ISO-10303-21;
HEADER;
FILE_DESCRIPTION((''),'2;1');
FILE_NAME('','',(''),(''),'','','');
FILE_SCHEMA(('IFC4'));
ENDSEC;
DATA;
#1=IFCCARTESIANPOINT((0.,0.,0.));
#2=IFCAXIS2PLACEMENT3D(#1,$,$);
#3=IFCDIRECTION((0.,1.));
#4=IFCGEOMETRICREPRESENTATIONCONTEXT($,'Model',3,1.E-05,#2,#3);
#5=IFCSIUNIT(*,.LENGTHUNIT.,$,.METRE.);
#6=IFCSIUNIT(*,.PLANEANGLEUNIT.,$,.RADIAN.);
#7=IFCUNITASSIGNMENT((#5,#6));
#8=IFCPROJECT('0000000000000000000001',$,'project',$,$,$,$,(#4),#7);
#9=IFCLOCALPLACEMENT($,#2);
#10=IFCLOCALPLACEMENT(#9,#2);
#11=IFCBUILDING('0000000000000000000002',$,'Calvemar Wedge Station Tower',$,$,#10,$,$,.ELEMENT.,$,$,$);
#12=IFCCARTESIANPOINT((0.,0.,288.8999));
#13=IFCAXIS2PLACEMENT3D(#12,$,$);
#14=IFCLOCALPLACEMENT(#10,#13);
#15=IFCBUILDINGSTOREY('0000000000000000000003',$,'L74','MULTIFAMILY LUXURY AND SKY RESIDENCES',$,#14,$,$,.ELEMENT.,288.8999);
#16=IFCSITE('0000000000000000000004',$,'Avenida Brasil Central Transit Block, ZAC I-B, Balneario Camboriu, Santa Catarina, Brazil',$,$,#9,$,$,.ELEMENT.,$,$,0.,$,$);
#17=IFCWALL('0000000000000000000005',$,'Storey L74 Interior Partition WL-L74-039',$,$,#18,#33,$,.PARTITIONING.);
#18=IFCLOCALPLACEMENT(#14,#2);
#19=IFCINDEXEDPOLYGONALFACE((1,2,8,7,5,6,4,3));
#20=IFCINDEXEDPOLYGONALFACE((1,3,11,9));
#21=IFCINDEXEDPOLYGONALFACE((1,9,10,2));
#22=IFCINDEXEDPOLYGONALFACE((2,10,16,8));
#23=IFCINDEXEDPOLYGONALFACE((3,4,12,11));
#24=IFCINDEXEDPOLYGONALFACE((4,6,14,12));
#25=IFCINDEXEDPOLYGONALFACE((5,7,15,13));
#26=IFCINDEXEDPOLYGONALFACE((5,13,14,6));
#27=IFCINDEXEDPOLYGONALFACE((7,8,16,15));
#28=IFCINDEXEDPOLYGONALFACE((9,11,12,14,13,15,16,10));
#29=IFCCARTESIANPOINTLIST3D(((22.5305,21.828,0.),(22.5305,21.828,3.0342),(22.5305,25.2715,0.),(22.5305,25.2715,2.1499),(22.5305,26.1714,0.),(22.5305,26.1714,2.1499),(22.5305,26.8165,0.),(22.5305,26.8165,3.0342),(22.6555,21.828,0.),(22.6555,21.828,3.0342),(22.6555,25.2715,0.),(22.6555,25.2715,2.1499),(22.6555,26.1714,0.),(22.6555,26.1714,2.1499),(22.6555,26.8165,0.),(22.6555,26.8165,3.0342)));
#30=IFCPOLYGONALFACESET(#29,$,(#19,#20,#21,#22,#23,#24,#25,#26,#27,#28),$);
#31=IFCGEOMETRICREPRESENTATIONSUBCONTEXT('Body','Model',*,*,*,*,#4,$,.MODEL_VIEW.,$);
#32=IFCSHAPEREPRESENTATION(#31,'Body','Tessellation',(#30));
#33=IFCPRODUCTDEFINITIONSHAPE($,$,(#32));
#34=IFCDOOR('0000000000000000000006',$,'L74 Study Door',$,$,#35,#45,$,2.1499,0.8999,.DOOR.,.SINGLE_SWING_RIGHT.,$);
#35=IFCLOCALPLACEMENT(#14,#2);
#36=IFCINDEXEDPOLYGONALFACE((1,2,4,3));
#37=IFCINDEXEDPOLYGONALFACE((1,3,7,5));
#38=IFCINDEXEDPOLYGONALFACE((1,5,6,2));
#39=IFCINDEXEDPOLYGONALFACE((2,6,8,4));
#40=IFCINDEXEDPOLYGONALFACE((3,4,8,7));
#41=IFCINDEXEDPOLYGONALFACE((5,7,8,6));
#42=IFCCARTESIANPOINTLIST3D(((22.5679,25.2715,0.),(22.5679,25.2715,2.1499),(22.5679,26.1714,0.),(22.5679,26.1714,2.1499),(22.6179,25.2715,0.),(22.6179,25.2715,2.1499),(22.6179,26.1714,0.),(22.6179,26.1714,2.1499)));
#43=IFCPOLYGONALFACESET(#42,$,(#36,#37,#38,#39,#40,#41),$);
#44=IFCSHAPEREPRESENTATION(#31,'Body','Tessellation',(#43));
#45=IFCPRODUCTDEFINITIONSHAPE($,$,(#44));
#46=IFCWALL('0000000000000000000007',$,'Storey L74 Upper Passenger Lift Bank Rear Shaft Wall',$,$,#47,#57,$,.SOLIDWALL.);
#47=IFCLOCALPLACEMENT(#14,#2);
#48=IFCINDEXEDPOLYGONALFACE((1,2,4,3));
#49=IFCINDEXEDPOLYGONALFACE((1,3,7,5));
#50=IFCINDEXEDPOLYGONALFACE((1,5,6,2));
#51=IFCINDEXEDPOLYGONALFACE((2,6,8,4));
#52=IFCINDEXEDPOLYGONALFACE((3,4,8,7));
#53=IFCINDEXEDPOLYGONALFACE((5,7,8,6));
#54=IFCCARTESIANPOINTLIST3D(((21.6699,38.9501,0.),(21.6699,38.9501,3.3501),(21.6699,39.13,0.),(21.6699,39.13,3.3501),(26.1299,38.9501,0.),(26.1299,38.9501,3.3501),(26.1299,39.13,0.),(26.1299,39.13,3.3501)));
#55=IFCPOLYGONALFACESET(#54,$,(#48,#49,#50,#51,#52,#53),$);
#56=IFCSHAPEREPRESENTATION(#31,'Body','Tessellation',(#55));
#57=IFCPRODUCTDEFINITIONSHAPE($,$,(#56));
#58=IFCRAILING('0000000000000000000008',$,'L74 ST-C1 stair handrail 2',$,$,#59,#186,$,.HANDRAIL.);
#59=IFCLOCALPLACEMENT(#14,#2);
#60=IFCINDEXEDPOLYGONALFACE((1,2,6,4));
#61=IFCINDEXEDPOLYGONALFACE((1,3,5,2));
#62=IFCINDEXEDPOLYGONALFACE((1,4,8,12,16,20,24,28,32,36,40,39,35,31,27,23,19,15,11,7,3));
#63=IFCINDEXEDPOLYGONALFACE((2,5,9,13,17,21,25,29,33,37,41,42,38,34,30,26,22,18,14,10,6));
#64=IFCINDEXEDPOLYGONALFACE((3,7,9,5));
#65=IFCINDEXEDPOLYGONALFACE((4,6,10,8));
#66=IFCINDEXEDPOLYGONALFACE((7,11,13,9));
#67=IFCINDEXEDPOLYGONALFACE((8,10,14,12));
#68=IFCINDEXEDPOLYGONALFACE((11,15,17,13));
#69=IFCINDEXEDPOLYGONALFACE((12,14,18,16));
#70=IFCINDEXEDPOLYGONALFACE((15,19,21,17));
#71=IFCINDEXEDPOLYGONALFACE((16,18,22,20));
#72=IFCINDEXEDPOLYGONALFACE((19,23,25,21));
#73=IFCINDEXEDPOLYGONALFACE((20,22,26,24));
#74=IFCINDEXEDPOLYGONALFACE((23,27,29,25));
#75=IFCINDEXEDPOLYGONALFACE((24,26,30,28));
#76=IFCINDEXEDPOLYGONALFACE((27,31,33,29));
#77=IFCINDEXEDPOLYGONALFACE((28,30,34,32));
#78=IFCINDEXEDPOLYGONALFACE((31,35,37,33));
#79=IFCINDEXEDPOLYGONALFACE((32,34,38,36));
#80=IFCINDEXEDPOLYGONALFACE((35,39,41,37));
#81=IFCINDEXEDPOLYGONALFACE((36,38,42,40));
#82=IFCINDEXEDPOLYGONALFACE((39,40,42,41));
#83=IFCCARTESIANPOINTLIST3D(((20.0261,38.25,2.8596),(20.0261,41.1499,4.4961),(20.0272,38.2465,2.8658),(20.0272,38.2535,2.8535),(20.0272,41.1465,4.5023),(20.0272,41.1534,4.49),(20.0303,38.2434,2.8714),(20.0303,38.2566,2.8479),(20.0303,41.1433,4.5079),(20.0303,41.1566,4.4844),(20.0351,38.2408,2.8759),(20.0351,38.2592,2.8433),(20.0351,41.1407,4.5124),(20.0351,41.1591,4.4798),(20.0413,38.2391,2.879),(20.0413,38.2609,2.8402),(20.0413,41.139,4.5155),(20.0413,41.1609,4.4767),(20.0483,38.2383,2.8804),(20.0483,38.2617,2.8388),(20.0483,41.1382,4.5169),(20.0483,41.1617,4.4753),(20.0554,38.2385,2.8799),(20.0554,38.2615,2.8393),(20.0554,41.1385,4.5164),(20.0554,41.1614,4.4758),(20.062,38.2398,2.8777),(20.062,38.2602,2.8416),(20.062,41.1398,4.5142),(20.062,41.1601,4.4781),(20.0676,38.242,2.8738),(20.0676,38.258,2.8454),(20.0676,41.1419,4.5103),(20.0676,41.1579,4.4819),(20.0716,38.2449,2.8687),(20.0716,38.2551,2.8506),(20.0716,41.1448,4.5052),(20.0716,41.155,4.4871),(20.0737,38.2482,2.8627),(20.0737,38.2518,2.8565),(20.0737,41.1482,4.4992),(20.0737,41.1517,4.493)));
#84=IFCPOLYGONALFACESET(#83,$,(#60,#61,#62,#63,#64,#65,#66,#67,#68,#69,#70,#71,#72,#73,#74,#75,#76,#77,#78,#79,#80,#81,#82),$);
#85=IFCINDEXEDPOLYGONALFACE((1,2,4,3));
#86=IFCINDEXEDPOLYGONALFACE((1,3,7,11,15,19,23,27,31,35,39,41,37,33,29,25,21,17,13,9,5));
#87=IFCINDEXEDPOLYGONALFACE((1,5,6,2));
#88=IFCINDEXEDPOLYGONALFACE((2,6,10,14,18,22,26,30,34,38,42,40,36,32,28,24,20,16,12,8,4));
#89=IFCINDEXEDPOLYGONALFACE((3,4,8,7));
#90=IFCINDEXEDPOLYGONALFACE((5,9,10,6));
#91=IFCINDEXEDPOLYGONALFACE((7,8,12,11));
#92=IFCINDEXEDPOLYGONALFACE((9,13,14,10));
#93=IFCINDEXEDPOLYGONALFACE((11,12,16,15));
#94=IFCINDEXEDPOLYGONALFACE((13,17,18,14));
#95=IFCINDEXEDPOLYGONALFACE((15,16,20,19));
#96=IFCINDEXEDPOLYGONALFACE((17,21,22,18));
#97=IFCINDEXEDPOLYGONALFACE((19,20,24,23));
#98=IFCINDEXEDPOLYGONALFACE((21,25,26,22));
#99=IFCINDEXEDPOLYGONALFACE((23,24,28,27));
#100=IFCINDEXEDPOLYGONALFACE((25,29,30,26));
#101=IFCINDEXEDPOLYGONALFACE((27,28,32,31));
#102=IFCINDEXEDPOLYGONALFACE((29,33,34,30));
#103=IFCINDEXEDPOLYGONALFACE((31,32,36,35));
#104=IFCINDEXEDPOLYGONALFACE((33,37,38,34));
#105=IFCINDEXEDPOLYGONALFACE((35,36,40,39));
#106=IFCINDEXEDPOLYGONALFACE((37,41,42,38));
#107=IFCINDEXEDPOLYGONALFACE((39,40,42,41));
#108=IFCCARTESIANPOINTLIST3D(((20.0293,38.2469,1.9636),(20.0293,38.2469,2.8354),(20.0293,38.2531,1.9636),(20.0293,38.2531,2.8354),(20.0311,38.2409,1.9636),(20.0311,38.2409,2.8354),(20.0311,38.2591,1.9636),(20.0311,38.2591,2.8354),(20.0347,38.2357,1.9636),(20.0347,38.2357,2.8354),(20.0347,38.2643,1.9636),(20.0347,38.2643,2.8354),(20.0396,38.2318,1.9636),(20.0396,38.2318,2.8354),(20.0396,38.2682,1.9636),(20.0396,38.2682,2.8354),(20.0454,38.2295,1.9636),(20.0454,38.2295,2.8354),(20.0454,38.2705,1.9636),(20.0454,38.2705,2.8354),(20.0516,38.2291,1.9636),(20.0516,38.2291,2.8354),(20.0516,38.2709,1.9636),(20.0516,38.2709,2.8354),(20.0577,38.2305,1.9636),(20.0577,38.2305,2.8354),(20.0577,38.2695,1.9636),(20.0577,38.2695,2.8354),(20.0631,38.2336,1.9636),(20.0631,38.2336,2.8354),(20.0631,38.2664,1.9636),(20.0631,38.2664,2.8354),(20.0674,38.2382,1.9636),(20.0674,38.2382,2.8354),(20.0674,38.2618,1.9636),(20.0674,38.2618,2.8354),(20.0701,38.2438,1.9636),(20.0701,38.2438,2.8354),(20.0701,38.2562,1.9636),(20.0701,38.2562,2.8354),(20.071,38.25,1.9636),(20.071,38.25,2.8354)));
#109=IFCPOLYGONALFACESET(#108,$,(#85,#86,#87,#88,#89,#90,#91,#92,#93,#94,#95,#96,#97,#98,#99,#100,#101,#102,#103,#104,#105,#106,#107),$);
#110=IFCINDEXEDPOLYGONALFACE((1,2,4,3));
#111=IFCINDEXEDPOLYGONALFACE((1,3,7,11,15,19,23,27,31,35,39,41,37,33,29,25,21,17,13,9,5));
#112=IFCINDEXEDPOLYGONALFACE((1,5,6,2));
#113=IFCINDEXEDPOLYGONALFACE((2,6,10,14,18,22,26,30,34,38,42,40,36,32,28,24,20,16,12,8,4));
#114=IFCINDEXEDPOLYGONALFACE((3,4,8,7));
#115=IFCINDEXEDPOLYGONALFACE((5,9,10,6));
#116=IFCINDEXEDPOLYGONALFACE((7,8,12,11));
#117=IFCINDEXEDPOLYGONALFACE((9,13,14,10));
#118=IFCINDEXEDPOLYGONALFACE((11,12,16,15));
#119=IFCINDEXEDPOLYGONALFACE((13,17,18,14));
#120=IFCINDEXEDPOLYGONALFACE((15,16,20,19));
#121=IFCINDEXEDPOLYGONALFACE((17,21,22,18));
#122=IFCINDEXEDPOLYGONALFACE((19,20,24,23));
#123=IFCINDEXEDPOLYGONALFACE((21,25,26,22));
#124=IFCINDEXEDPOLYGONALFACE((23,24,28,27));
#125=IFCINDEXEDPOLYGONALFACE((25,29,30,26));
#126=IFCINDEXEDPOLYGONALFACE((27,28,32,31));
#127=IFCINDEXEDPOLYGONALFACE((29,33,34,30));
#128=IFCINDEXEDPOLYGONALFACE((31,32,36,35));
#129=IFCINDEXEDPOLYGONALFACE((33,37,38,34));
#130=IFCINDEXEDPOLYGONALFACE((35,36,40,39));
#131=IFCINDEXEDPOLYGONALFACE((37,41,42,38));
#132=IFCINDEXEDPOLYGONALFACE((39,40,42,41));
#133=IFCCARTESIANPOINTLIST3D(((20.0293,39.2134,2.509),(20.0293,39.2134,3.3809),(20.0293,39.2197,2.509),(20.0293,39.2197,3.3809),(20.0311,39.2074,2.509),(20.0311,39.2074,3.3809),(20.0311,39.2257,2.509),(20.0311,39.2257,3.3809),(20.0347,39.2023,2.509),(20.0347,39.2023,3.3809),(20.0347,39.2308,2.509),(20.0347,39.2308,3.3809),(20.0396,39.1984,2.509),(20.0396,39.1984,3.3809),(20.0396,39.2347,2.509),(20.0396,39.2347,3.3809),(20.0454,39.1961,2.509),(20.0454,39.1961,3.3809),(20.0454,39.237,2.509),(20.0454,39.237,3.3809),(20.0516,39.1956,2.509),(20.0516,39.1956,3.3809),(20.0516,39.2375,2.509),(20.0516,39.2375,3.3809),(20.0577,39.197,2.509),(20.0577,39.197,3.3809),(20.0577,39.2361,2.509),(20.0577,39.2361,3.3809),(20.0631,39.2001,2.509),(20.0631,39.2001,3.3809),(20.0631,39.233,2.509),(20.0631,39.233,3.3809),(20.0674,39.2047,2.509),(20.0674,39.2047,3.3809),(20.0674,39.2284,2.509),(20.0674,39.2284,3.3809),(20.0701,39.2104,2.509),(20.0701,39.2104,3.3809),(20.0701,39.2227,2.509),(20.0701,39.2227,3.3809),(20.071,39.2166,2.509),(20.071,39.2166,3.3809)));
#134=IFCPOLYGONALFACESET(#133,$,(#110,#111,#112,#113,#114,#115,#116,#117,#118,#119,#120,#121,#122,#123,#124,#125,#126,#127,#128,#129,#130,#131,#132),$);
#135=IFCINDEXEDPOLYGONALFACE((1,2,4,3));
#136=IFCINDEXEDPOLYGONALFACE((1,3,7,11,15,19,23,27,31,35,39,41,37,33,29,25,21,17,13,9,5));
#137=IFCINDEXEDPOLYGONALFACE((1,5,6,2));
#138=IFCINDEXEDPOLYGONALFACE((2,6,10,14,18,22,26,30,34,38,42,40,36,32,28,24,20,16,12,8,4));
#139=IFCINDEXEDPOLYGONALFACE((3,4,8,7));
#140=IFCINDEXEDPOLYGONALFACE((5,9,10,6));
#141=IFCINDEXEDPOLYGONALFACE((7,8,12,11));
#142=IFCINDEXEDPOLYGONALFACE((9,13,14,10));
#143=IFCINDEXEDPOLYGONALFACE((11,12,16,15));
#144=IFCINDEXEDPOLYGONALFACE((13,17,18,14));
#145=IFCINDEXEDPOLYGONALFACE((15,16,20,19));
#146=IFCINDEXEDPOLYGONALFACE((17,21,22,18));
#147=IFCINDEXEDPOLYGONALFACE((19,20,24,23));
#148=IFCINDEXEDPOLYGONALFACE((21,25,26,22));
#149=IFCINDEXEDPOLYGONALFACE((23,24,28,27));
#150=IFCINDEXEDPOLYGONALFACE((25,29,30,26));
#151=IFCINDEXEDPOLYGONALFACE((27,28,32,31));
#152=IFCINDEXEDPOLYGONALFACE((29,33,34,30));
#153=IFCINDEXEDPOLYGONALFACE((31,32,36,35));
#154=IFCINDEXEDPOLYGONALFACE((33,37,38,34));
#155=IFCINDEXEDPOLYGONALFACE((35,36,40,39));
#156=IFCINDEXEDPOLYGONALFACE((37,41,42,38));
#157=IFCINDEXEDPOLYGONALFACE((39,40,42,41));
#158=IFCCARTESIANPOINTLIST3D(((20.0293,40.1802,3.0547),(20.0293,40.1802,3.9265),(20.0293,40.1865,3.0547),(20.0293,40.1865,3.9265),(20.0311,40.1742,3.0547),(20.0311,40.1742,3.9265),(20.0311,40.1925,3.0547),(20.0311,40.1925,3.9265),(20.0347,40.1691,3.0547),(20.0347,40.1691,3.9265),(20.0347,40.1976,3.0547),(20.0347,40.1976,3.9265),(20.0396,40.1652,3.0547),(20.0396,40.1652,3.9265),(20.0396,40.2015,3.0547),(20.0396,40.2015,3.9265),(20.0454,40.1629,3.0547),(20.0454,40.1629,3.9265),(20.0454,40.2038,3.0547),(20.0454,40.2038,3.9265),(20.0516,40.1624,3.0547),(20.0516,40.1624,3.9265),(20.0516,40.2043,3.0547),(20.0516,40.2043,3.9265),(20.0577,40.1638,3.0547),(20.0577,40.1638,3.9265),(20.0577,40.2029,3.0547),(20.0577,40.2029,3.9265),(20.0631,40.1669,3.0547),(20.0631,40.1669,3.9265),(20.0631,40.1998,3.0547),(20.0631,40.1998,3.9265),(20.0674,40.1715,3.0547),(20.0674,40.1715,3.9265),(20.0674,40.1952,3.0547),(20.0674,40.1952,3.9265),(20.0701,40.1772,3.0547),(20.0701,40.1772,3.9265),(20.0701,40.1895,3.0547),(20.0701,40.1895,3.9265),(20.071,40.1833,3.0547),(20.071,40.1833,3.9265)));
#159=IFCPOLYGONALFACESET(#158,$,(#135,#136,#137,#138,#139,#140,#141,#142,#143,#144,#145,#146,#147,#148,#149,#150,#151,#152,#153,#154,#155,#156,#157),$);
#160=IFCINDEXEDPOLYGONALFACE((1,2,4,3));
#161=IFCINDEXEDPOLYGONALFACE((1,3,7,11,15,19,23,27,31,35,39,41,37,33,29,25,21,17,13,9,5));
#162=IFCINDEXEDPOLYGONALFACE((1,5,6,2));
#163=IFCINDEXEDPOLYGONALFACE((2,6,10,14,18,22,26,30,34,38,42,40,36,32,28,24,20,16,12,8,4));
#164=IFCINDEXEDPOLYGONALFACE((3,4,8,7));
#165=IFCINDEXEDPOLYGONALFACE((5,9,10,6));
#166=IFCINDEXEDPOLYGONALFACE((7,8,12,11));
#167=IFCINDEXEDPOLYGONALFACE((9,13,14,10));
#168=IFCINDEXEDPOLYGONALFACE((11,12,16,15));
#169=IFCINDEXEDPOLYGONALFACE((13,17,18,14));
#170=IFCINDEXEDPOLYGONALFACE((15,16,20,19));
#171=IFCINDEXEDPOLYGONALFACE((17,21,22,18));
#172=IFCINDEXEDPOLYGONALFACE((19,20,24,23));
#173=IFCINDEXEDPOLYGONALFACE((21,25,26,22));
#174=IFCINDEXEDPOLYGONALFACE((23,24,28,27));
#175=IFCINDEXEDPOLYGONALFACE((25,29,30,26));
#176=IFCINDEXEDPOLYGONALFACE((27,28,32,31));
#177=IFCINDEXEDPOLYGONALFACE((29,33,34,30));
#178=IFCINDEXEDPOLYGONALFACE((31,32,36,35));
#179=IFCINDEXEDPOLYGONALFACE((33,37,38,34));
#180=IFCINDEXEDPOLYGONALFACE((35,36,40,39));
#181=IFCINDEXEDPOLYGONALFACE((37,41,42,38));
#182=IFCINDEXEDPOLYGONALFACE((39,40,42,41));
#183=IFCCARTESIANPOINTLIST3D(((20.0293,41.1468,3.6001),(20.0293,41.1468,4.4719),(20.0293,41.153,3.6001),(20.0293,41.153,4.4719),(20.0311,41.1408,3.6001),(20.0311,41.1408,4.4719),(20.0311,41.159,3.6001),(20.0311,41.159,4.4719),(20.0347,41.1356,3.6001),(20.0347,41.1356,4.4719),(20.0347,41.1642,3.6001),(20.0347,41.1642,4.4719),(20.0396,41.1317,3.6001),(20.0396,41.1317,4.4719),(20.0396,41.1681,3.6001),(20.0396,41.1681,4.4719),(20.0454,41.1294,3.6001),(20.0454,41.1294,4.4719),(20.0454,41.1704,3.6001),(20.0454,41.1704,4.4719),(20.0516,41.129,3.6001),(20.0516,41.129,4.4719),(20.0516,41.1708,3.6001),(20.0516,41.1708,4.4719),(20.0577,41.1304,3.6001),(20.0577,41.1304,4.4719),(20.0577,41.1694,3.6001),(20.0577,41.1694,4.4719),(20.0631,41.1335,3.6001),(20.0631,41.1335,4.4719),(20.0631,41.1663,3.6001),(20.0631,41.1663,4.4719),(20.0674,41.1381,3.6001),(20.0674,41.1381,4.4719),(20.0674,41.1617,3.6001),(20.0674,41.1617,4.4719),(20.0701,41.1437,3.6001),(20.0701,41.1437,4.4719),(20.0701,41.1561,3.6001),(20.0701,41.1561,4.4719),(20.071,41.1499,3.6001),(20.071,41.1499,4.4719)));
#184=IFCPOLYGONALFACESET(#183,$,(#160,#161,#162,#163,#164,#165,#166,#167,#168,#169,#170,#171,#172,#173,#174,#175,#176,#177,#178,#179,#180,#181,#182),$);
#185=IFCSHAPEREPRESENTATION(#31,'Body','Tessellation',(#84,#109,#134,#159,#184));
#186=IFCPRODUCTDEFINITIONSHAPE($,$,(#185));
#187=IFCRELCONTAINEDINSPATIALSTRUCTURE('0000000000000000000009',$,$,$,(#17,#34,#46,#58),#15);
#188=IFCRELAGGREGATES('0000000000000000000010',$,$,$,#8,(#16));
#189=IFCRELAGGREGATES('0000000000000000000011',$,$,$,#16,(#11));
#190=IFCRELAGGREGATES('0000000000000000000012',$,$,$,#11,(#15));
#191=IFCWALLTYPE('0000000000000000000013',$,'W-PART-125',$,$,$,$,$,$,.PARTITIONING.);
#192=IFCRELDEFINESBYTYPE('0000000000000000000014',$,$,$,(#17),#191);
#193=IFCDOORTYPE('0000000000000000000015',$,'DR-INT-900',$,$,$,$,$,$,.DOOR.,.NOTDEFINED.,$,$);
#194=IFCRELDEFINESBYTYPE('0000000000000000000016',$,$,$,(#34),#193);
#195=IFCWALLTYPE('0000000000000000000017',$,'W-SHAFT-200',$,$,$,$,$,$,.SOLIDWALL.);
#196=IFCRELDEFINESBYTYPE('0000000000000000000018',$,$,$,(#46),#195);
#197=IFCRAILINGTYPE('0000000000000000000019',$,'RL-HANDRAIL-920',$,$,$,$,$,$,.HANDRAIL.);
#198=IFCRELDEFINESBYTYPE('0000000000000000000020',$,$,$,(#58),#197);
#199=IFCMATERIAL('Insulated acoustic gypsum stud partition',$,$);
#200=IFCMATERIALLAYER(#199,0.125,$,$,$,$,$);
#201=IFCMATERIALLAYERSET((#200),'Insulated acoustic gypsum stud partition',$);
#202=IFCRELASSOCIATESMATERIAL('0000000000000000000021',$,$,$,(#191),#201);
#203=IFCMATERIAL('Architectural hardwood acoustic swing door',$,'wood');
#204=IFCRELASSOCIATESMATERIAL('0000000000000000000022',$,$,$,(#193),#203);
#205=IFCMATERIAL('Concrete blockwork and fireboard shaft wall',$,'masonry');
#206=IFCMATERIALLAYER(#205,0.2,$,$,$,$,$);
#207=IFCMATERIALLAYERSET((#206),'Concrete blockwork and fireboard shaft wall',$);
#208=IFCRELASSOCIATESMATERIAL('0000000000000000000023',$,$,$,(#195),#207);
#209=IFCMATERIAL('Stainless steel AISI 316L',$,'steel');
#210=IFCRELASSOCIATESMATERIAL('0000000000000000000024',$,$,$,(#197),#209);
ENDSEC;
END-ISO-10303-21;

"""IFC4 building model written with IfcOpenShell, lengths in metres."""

from ifc_helpers import new_model, si_unit, direction, frame, frame_2d, origin, origin_2d, place, context, subcontext, project, spatial, rectangle, circle, extrude, source, transform, mapped, material, layer, layer_set, type_object, element, fill, save


model = new_model("IFC4")

# Units and contexts
model_context = context("Model", 3, precision=1e-05, world=origin(), true_north=direction((0.0, 1.0)))
body_context = subcontext(model_context, "Body", "Model", "MODEL_VIEW")
ifc_project = project(units=[si_unit("LENGTHUNIT", "METRE"), si_unit("PLANEANGLEUNIT", "RADIAN")], contexts=[model_context])

# Site, building, storey
site_placement = place(None, origin())
site = spatial("IfcSite", under=ifc_project, at=site_placement, Name="Avenida Brasil Central Transit Block, ZAC I-B, Balneario Camboriu, Santa Catarina, Brazil", CompositionType="ELEMENT", RefElevation=0.0)
building_placement = place(site_placement, origin())
building = spatial("IfcBuilding", under=site, at=building_placement, Name="Calvemar Wedge Station Tower", CompositionType="ELEMENT")
storey_placement = place(building_placement, frame((0.0, 0.0, 288.8999)))
storey = spatial("IfcBuildingStorey", under=building, at=storey_placement, Name="L74", Description="MULTIFAMILY LUXURY AND SKY RESIDENCES", CompositionType="ELEMENT", Elevation=288.8999)

# Shared definitions
ifc_material_1 = material(Name="Insulated acoustic gypsum stud partition")
ifc_layer_1 = layer(ifc_material_1, 0.125)
ifc_layer_set_1 = layer_set([ifc_layer_1], Name="Insulated acoustic gypsum stud partition")
wall_type_1 = type_object("IfcWallType", Name="W-PART-125", PredefinedType="PARTITIONING", material=ifc_layer_set_1)
shared_shape_1 = source(origin(), body_context, "Body", "SweptSolid", [
    extrude(rectangle(XDim=0.8999, YDim=2.1499, at=frame_2d((0.45, 1.075))), frame((0.0, 0.0725, 0.0), z_axis=(0.0, -1.0, 0.0), x_axis=(1.0, 0.0, 0.0)), (0.0, 0.0, 1.0), 0.145),
])
ifc_material_2 = material(Name="Architectural hardwood acoustic swing door", Category="wood")
door_type_1 = type_object("IfcDoorType", Name="DR-INT-900", OperationType="NOTDEFINED", PredefinedType="DOOR", material=ifc_material_2)
shared_shape_2 = source(origin(), body_context, "Body", "SweptSolid", [
    extrude(rectangle(XDim=0.8999, YDim=2.1499, at=frame_2d((0.45, 1.075))), frame((0.0, 0.0249, 0.0), z_axis=(0.0, -1.0, 0.0), x_axis=(1.0, 0.0, 0.0)), (0.0, 0.0, 1.0), 0.05),
])

# Wall, opening, door
wall_1_placement = place(storey_placement, frame((22.593, 26.8164, 0.0), z_axis=(0.0, 0.0, 1.0), x_axis=(0.0, -1.0, 0.0)))
wall_1 = element("IfcWall", 1, at=wall_1_placement, inside=storey, type_object=wall_type_1, Name="Storey L74 Interior Partition WL-L74-039", PredefinedType="PARTITIONING", context=body_context, shape_type="SweptSolid", body=[
    extrude(rectangle(XDim=4.9885, YDim=0.125, at=frame_2d((2.4941, 0.0))), origin(), (0.0, 0.0, 1.0), 3.0342),
])
opening_1_placement = place(wall_1_placement, frame((0.645, 0.0, 0.0)))
opening_1 = element("IfcOpeningElement", 2, at=opening_1_placement, cuts=wall_1, PredefinedType="OPENING", context=body_context, shape_type="MappedRepresentation", body=[
    mapped(shared_shape_1, transform((0.0, 0.0, 0.0), scale=1.0)),
])
door_1_placement = place(opening_1_placement, origin())
door_1 = element("IfcDoor", 3, at=door_1_placement, inside=storey, type_object=door_type_1, Name="L74 Study Door", OperationType="SINGLE_SWING_RIGHT", OverallHeight=2.1499, OverallWidth=0.8999, PredefinedType="DOOR", context=body_context, shape_type="MappedRepresentation", body=[
    mapped(shared_shape_2, transform((0.0, 0.0, 0.0), scale=1.0)),
])
fill(opening_1, door_1)

# Wall
ifc_material_3 = material(Name="Concrete blockwork and fireboard shaft wall", Category="masonry")
ifc_layer_2 = layer(ifc_material_3, 0.2)
ifc_layer_set_2 = layer_set([ifc_layer_2], Name="Concrete blockwork and fireboard shaft wall")
wall_type_2 = type_object("IfcWallType", Name="W-SHAFT-200", PredefinedType="SOLIDWALL", material=ifc_layer_set_2)
wall_2_placement = place(storey_placement, frame((21.6699, 39.04, 0.0), z_axis=(0.0, 0.0, 1.0), x_axis=(1.0, 0.0, 0.0)))
element("IfcWall", 4, at=wall_2_placement, inside=storey, type_object=wall_type_2, Name="Storey L74 Upper Passenger Lift Bank Rear Shaft Wall", PredefinedType="SOLIDWALL", context=body_context, shape_type="SweptSolid", body=[
    extrude(rectangle(XDim=4.46, YDim=0.1799, at=frame_2d((2.23, 0.0))), origin(), (0.0, 0.0, 1.0), 3.3501),
])

# Railing
ifc_material_4 = material(Name="Stainless steel AISI 316L", Category="steel")
railing_type = type_object("IfcRailingType", Name="RL-HANDRAIL-920", PredefinedType="HANDRAIL", material=ifc_material_4)
railing_placement = place(storey_placement, frame((20.05, 38.25, 1.9636)))
element("IfcRailing", 5, at=railing_placement, inside=storey, type_object=railing_type, Name="L74 ST-C1 stair handrail 2", PredefinedType="HANDRAIL", context=body_context, shape_type="SweptSolid", body=[
    extrude(circle(Radius=0.0239, at=origin_2d()), frame((0.0, 0.0, 0.896), z_axis=(0.0, 0.870897, 0.491465), x_axis=(-1.0, 0.0, 0.0)), (0.0, 0.0, 1.0), 3.3298),
    extrude(circle(Radius=0.021, at=origin_2d()), origin(), (0.0, 0.0, 1.0), 0.8718),
    extrude(circle(Radius=0.021, at=origin_2d()), frame((0.0, 0.9666, 0.5454)), (0.0, 0.0, 1.0), 0.8718),
    extrude(circle(Radius=0.021, at=origin_2d()), frame((0.0, 1.9333, 1.0911)), (0.0, 0.0, 1.0), 0.8718),
    extrude(circle(Radius=0.021, at=origin_2d()), frame((0.0, 2.8999, 1.6365)), (0.0, 0.0, 1.0), 0.8718),
])

save(model, "model.ifc")
